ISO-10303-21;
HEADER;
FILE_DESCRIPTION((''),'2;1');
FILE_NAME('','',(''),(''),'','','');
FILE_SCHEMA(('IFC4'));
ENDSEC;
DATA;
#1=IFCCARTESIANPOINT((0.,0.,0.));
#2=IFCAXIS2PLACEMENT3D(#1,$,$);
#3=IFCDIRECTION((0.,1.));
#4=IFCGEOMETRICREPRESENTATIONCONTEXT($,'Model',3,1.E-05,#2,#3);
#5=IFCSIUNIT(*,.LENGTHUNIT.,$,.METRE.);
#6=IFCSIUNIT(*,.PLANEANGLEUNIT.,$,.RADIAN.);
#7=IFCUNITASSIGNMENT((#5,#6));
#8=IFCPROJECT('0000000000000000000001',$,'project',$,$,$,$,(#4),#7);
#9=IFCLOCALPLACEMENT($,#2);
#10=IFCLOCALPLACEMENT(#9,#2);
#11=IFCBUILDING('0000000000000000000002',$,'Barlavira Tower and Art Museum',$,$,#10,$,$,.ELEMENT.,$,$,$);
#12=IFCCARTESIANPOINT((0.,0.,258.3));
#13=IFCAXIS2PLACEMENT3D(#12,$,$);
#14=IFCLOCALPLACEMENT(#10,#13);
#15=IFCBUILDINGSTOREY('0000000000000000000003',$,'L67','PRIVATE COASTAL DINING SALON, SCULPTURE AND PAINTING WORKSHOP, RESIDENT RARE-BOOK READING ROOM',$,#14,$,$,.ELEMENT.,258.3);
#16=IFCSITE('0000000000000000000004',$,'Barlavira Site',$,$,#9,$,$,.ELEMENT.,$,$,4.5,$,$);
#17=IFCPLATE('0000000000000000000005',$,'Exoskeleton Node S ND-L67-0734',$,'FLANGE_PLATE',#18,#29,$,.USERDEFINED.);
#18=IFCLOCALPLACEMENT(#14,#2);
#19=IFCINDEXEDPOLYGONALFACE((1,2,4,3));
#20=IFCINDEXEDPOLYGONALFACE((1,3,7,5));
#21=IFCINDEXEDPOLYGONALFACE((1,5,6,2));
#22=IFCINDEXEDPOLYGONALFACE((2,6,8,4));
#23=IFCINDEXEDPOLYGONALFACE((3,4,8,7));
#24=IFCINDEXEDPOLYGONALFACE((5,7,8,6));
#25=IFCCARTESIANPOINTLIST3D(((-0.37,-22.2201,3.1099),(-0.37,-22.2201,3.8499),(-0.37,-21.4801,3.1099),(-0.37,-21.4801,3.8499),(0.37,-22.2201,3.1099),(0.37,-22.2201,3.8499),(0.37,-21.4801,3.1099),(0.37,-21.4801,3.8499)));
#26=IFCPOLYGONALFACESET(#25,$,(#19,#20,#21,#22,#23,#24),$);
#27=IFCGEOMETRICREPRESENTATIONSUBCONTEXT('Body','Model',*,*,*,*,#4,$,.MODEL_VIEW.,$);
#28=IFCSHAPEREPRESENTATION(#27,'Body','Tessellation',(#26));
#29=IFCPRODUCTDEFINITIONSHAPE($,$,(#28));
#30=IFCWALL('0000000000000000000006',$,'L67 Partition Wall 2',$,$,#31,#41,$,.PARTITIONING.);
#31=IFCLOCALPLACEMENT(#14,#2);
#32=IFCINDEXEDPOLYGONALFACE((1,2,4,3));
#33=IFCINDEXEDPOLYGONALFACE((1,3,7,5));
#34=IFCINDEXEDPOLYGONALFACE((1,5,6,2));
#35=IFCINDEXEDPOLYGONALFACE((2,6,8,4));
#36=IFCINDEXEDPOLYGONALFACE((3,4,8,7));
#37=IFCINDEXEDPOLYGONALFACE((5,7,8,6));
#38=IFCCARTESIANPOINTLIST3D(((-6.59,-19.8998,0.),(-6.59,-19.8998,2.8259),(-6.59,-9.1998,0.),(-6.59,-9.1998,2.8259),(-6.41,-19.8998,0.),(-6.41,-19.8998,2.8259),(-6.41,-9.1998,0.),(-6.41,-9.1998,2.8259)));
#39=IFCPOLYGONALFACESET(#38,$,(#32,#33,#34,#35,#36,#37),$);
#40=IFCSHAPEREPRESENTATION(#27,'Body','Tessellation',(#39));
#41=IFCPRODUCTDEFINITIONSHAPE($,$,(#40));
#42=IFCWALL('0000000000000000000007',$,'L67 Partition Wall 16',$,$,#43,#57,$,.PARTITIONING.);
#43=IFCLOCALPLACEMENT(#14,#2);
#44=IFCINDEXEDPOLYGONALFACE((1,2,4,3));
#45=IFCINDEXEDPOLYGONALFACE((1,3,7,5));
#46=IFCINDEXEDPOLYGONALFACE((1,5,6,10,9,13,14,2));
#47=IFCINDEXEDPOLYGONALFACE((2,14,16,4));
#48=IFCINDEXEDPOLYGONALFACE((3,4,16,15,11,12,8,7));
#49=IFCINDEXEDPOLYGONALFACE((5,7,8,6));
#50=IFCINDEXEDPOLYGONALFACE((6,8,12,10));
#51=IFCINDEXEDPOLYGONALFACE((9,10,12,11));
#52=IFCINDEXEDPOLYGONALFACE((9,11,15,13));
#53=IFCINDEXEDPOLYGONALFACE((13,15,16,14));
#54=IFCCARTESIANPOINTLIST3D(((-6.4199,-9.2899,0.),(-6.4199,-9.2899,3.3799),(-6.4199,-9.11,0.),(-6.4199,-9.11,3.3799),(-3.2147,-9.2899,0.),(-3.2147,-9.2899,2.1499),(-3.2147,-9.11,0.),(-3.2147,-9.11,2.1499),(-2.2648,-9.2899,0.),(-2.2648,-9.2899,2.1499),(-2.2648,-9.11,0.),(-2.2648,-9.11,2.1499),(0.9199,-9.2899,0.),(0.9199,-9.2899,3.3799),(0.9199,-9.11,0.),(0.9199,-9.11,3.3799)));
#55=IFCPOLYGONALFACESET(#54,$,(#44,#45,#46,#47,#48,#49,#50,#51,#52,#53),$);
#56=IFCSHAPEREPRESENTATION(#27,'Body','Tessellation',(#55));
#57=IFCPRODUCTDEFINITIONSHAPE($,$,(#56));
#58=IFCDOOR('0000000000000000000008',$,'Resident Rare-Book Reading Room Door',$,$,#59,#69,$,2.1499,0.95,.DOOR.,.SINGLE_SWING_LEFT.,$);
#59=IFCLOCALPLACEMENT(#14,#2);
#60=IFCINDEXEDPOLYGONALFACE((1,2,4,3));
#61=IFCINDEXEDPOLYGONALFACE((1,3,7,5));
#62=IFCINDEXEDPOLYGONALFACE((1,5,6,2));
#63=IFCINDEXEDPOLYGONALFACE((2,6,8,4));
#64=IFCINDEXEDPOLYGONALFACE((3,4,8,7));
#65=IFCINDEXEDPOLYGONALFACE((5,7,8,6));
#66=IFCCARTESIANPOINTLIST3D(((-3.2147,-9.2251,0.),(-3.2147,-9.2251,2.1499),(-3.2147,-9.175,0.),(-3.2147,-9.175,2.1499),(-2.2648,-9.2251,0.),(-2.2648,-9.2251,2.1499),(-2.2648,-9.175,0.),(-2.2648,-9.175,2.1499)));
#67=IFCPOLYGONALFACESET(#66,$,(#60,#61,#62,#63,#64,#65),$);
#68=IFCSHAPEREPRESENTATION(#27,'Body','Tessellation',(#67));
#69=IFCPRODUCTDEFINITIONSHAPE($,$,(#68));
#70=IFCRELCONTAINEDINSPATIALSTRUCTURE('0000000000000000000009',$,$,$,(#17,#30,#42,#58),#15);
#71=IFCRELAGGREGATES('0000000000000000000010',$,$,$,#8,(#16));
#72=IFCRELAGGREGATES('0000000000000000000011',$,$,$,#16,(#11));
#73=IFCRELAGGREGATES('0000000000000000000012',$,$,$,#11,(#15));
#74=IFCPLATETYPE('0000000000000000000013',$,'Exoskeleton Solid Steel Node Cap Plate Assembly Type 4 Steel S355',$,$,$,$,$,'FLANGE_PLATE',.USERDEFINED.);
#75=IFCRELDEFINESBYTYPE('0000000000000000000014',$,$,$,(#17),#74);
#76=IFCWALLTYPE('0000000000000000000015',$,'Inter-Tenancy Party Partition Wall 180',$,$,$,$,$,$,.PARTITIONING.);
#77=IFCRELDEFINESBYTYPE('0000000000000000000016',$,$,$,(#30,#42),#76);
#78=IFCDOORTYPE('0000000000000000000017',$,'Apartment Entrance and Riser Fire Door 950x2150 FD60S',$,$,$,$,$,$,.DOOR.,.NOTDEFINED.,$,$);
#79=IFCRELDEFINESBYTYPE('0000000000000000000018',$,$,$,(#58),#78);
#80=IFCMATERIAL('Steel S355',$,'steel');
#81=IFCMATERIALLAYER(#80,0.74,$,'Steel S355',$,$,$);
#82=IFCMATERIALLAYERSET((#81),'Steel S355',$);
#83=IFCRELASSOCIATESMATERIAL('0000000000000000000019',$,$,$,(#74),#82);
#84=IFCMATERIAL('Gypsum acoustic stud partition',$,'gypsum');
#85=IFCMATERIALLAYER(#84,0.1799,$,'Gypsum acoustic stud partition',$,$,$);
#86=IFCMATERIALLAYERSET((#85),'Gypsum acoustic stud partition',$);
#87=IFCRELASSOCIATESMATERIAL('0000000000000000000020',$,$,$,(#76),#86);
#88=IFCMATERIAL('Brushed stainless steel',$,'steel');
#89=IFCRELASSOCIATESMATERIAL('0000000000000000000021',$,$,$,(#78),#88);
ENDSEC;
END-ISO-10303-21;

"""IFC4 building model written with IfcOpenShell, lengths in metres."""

from ifc_helpers import new_model, si_unit, direction, frame, frame_2d, origin, origin_2d, place, context, subcontext, project, spatial, rectangle, extrude, material, layer, layer_set, type_object, element, fill, save


model = new_model("IFC4")

# Units and contexts
model_context = context("Model", 3, precision=1e-05, world=origin(), true_north=direction((0.0, 1.0)))
body_context = subcontext(model_context, "Body", "Model", "MODEL_VIEW")
ifc_project = project(units=[si_unit("LENGTHUNIT", "METRE"), si_unit("PLANEANGLEUNIT", "RADIAN")], contexts=[model_context])

# Site, building, storey
site_placement = place(None, origin())
site = spatial("IfcSite", under=ifc_project, at=site_placement, Name="Barlavira Site", CompositionType="ELEMENT", RefElevation=4.5)
building_placement = place(site_placement, origin())
building = spatial("IfcBuilding", under=site, at=building_placement, Name="Barlavira Tower and Art Museum", CompositionType="ELEMENT")
storey_placement = place(building_placement, frame((0.0, 0.0, 258.3)))
storey = spatial("IfcBuildingStorey", under=building, at=storey_placement, Name="L67", Description="PRIVATE COASTAL DINING SALON, SCULPTURE AND PAINTING WORKSHOP, RESIDENT RARE-BOOK READING ROOM", CompositionType="ELEMENT", Elevation=258.3)

# Shared definitions
ifc_material_1 = material(Name="Steel S355", Category="steel")

# Plate
ifc_layer_1 = layer(ifc_material_1, 0.74, Name="Steel S355")
ifc_layer_set_1 = layer_set([ifc_layer_1], Name="Steel S355")
plate_type_1 = type_object("IfcPlateType", Name="Exoskeleton Solid Steel Node Cap Plate Assembly Type 4 Steel S355", ElementType="FLANGE_PLATE", PredefinedType="USERDEFINED", material=ifc_layer_set_1)
plate_1_placement = place(storey_placement, frame((0.0, -21.8501, 3.1099), z_axis=(0.0, 0.0, 1.0), x_axis=(1.0, 0.0, 0.0)))
element("IfcPlate", 1, at=plate_1_placement, inside=storey, type_object=plate_type_1, Name="Exoskeleton Node S ND-L67-0734", ObjectType="FLANGE_PLATE", PredefinedType="USERDEFINED", context=body_context, shape_type="SweptSolid", body=[
    extrude(rectangle(XDim=0.74, YDim=0.74, at=origin_2d()), origin(), (0.0, 0.0, 1.0), 0.74),
])

# Wall
ifc_material_2 = material(Name="Gypsum acoustic stud partition", Category="gypsum")
ifc_layer_2 = layer(ifc_material_2, 0.1799, Name="Gypsum acoustic stud partition")
ifc_layer_set_2 = layer_set([ifc_layer_2], Name="Gypsum acoustic stud partition")
wall_type = type_object("IfcWallType", Name="Inter-Tenancy Party Partition Wall 180", PredefinedType="PARTITIONING", material=ifc_layer_set_2)
wall_1_placement = place(storey_placement, frame((-6.5, -19.8999, 0.0), z_axis=(0.0, 0.0, 1.0), x_axis=(0.0, 1.0, 0.0)))
element("IfcWall", 2, at=wall_1_placement, inside=storey, type_object=wall_type, Name="L67 Partition Wall 2", PredefinedType="PARTITIONING", context=body_context, shape_type="SweptSolid", body=[
    extrude(rectangle(XDim=10.7, YDim=0.1799, at=frame_2d((5.3501, 0.0))), origin(), (0.0, 0.0, 1.0), 2.8259),
])

# Wall, opening, door
wall_2_placement = place(storey_placement, frame((-6.4199, -9.2, 0.0), z_axis=(0.0, 0.0, 1.0), x_axis=(1.0, 0.0, 0.0)))
wall_2 = element("IfcWall", 3, at=wall_2_placement, inside=storey, type_object=wall_type, Name="L67 Partition Wall 16", PredefinedType="PARTITIONING", context=body_context, shape_type="SweptSolid", body=[
    extrude(rectangle(XDim=7.3398, YDim=0.1799, at=frame_2d((3.6699, 0.0))), origin(), (0.0, 0.0, 1.0), 3.3799),
])
opening_placement = place(wall_2_placement, frame((3.2051, 0.0, 0.0)))
opening = element("IfcOpeningElement", 4, at=opening_placement, cuts=wall_2, PredefinedType="OPENING", context=body_context, shape_type="SweptSolid", body=[
    extrude(rectangle(XDim=0.95, YDim=2.1499, at=frame_2d((0.4751, 1.075))), frame((0.0, 0.1001, 0.0), z_axis=(0.0, -1.0, 0.0), x_axis=(1.0, 0.0, 0.0)), (0.0, 0.0, 1.0), 0.2),
])
ifc_material_3 = material(Name="Brushed stainless steel", Category="steel")
door_type = type_object("IfcDoorType", Name="Apartment Entrance and Riser Fire Door 950x2150 FD60S", OperationType="NOTDEFINED", PredefinedType="DOOR", material=ifc_material_3)
door_placement = place(opening_placement, origin())
door = element("IfcDoor", 5, at=door_placement, inside=storey, type_object=door_type, Name="Resident Rare-Book Reading Room Door", OperationType="SINGLE_SWING_LEFT", OverallHeight=2.1499, OverallWidth=0.95, PredefinedType="DOOR", context=body_context, shape_type="SweptSolid", body=[
    extrude(rectangle(XDim=0.95, YDim=2.1499, at=frame_2d((0.4751, 1.075))), frame((0.0, 0.0249, 0.0), z_axis=(0.0, -1.0, 0.0), x_axis=(1.0, 0.0, 0.0)), (0.0, 0.0, 1.0), 0.05),
])
fill(opening, door)

save(model, "model.ifc")
